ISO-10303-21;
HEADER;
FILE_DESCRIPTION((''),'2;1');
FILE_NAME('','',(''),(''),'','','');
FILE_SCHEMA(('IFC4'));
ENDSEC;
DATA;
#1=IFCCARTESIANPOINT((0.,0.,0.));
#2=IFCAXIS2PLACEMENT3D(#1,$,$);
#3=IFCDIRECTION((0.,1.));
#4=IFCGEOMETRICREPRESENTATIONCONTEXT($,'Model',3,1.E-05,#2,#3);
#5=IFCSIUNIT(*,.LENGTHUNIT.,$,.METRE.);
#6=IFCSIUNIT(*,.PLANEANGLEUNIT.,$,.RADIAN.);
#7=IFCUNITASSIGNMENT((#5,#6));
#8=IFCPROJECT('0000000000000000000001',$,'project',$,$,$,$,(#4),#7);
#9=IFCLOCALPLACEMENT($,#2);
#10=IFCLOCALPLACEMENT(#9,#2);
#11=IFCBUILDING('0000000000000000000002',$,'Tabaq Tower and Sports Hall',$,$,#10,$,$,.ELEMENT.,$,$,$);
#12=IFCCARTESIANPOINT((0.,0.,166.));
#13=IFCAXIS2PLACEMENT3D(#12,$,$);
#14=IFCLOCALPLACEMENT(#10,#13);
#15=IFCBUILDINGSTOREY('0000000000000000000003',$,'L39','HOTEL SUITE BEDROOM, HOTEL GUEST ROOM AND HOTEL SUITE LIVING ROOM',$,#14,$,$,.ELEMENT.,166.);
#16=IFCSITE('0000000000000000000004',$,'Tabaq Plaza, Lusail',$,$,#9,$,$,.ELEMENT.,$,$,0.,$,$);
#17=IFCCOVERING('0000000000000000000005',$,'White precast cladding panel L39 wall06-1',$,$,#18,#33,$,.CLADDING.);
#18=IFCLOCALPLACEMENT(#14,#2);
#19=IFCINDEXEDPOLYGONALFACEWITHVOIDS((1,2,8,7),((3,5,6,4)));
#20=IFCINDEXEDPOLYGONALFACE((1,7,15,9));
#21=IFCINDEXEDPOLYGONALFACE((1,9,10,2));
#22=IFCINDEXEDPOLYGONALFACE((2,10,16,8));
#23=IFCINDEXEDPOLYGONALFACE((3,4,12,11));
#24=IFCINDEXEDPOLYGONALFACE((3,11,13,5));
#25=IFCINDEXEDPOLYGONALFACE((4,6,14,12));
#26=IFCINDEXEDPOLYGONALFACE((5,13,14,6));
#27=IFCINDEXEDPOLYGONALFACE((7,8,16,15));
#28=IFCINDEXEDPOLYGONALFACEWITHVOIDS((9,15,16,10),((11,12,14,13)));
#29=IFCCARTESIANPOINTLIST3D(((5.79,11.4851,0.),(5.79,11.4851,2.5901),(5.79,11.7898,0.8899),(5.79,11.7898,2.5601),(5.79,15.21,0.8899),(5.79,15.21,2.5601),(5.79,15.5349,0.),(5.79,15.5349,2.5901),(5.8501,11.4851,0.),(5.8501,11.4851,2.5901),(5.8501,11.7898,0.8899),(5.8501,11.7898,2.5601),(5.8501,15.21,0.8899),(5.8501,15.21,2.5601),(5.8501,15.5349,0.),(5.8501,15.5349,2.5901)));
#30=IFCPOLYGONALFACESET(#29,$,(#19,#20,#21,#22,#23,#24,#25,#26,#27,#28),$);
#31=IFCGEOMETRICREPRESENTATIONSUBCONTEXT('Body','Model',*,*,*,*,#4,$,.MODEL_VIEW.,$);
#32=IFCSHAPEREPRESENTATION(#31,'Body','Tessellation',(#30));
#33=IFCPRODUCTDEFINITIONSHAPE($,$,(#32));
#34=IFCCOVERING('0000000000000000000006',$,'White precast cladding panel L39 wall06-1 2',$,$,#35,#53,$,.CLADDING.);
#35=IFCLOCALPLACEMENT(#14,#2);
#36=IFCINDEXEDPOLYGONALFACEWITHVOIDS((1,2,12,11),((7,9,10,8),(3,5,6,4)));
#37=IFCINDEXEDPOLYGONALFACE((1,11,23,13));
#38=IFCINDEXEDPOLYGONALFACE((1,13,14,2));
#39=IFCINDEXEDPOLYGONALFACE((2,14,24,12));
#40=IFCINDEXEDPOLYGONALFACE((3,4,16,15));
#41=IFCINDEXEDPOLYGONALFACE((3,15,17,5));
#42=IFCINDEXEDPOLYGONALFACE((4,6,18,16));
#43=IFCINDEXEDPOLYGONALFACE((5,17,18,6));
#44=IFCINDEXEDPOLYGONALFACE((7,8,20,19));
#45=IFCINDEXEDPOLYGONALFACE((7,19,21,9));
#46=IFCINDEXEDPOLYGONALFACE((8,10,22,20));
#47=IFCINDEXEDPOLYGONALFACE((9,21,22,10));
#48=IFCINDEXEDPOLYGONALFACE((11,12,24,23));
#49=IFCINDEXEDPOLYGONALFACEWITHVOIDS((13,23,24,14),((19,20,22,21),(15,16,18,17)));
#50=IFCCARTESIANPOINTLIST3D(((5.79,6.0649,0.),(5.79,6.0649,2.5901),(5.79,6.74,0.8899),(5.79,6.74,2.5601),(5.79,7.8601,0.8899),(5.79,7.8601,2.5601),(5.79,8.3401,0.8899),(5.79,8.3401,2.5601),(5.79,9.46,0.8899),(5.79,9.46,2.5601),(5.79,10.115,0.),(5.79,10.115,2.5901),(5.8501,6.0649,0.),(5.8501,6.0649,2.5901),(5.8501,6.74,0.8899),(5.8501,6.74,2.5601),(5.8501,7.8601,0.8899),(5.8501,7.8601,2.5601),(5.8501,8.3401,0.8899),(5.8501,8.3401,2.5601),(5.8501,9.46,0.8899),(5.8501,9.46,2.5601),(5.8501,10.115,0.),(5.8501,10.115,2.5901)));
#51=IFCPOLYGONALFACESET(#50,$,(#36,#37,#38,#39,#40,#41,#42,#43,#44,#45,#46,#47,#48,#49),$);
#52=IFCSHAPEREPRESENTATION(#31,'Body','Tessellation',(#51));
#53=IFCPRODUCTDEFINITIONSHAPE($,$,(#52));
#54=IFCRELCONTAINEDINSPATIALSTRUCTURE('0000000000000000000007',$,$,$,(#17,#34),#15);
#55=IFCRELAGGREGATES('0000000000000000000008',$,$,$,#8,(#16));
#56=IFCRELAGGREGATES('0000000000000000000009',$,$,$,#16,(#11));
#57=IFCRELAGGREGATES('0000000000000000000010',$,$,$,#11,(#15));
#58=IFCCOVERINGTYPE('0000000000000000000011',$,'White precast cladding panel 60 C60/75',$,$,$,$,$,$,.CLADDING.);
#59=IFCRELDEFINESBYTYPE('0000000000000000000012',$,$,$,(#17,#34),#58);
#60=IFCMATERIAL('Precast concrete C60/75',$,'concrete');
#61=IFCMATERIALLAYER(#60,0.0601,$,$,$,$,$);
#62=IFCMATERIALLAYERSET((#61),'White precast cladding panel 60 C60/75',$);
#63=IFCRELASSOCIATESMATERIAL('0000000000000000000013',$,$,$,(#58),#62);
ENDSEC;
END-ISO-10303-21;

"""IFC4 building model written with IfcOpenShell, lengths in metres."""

from ifc_helpers import new_model, si_unit, direction, frame, origin, place, context, subcontext, project, spatial, polyline, outline, extrude, material, layer, layer_set, type_object, element, save


model = new_model("IFC4")

# Units and contexts
model_context = context("Model", 3, precision=1e-05, world=origin(), true_north=direction((0.0, 1.0)))
body_context = subcontext(model_context, "Body", "Model", "MODEL_VIEW")
ifc_project = project(units=[si_unit("LENGTHUNIT", "METRE"), si_unit("PLANEANGLEUNIT", "RADIAN")], contexts=[model_context])

# Site, building, storey
site_placement = place(None, origin())
site = spatial("IfcSite", under=ifc_project, at=site_placement, Name="Tabaq Plaza, Lusail", CompositionType="ELEMENT", RefElevation=0.0)
building_placement = place(site_placement, origin())
building = spatial("IfcBuilding", under=site, at=building_placement, Name="Tabaq Tower and Sports Hall", CompositionType="ELEMENT")
storey_placement = place(building_placement, frame((0.0, 0.0, 166.0)))
storey = spatial("IfcBuildingStorey", under=building, at=storey_placement, Name="L39", Description="HOTEL SUITE BEDROOM, HOTEL GUEST ROOM AND HOTEL SUITE LIVING ROOM", CompositionType="ELEMENT", Elevation=166.0)

# Coverings
ifc_material_1 = material(Name="Precast concrete C60/75", Category="concrete")
ifc_layer_1 = layer(ifc_material_1, 0.0601)
ifc_layer_set_1 = layer_set([ifc_layer_1], Name="White precast cladding panel 60 C60/75")
covering_type_1 = type_object("IfcCoveringType", Name="White precast cladding panel 60 C60/75", PredefinedType="CLADDING", material=ifc_layer_set_1)
covering_1_placement = place(storey_placement, frame((5.8201, 15.5349, 0.0), z_axis=(0.0, 0.0, 1.0), x_axis=(0.0, -1.0, 0.0)))
element("IfcCovering", 1, at=covering_1_placement, inside=storey, type_object=covering_type_1, Name="White precast cladding panel L39 wall06-1", PredefinedType="CLADDING", context=body_context, shape_type="SweptSolid", body=[
    extrude(outline(polyline([(0.0, 0.0), (4.0498, 0.0), (4.0498, 2.5901), (0.0, 2.5901), (0.0, 0.0)]), holes=[polyline([(3.7451, 0.8899), (0.325, 0.8899), (0.325, 2.5601), (3.7451, 2.5601), (3.7451, 0.8899)])]), frame((0.0, 0.03, 0.0), z_axis=(0.0, -1.0, 0.0), x_axis=(1.0, 0.0, 0.0)), (0.0, 0.0, 1.0), 0.0601),
])
covering_2_placement = place(storey_placement, frame((5.8201, 10.115, 0.0), z_axis=(0.0, 0.0, 1.0), x_axis=(0.0, -1.0, 0.0)))
element("IfcCovering", 2, at=covering_2_placement, inside=storey, type_object=covering_type_1, Name="White precast cladding panel L39 wall06-1 2", PredefinedType="CLADDING", context=body_context, shape_type="SweptSolid", body=[
    extrude(outline(polyline([(0.0, 0.0), (4.05, 0.0), (4.05, 2.5901), (0.0, 2.5901), (0.0, 0.0)]), holes=[polyline([(0.655, 0.8899), (0.655, 2.5601), (1.7749, 2.5601), (1.7749, 0.8899), (0.655, 0.8899)]), polyline([(2.2549, 0.8899), (2.2549, 2.5601), (3.375, 2.5601), (3.375, 0.8899), (2.2549, 0.8899)])]), frame((0.0, 0.03, 0.0), z_axis=(0.0, -1.0, 0.0), x_axis=(1.0, 0.0, 0.0)), (0.0, 0.0, 1.0), 0.0601),
])

save(model, "model.ifc")
